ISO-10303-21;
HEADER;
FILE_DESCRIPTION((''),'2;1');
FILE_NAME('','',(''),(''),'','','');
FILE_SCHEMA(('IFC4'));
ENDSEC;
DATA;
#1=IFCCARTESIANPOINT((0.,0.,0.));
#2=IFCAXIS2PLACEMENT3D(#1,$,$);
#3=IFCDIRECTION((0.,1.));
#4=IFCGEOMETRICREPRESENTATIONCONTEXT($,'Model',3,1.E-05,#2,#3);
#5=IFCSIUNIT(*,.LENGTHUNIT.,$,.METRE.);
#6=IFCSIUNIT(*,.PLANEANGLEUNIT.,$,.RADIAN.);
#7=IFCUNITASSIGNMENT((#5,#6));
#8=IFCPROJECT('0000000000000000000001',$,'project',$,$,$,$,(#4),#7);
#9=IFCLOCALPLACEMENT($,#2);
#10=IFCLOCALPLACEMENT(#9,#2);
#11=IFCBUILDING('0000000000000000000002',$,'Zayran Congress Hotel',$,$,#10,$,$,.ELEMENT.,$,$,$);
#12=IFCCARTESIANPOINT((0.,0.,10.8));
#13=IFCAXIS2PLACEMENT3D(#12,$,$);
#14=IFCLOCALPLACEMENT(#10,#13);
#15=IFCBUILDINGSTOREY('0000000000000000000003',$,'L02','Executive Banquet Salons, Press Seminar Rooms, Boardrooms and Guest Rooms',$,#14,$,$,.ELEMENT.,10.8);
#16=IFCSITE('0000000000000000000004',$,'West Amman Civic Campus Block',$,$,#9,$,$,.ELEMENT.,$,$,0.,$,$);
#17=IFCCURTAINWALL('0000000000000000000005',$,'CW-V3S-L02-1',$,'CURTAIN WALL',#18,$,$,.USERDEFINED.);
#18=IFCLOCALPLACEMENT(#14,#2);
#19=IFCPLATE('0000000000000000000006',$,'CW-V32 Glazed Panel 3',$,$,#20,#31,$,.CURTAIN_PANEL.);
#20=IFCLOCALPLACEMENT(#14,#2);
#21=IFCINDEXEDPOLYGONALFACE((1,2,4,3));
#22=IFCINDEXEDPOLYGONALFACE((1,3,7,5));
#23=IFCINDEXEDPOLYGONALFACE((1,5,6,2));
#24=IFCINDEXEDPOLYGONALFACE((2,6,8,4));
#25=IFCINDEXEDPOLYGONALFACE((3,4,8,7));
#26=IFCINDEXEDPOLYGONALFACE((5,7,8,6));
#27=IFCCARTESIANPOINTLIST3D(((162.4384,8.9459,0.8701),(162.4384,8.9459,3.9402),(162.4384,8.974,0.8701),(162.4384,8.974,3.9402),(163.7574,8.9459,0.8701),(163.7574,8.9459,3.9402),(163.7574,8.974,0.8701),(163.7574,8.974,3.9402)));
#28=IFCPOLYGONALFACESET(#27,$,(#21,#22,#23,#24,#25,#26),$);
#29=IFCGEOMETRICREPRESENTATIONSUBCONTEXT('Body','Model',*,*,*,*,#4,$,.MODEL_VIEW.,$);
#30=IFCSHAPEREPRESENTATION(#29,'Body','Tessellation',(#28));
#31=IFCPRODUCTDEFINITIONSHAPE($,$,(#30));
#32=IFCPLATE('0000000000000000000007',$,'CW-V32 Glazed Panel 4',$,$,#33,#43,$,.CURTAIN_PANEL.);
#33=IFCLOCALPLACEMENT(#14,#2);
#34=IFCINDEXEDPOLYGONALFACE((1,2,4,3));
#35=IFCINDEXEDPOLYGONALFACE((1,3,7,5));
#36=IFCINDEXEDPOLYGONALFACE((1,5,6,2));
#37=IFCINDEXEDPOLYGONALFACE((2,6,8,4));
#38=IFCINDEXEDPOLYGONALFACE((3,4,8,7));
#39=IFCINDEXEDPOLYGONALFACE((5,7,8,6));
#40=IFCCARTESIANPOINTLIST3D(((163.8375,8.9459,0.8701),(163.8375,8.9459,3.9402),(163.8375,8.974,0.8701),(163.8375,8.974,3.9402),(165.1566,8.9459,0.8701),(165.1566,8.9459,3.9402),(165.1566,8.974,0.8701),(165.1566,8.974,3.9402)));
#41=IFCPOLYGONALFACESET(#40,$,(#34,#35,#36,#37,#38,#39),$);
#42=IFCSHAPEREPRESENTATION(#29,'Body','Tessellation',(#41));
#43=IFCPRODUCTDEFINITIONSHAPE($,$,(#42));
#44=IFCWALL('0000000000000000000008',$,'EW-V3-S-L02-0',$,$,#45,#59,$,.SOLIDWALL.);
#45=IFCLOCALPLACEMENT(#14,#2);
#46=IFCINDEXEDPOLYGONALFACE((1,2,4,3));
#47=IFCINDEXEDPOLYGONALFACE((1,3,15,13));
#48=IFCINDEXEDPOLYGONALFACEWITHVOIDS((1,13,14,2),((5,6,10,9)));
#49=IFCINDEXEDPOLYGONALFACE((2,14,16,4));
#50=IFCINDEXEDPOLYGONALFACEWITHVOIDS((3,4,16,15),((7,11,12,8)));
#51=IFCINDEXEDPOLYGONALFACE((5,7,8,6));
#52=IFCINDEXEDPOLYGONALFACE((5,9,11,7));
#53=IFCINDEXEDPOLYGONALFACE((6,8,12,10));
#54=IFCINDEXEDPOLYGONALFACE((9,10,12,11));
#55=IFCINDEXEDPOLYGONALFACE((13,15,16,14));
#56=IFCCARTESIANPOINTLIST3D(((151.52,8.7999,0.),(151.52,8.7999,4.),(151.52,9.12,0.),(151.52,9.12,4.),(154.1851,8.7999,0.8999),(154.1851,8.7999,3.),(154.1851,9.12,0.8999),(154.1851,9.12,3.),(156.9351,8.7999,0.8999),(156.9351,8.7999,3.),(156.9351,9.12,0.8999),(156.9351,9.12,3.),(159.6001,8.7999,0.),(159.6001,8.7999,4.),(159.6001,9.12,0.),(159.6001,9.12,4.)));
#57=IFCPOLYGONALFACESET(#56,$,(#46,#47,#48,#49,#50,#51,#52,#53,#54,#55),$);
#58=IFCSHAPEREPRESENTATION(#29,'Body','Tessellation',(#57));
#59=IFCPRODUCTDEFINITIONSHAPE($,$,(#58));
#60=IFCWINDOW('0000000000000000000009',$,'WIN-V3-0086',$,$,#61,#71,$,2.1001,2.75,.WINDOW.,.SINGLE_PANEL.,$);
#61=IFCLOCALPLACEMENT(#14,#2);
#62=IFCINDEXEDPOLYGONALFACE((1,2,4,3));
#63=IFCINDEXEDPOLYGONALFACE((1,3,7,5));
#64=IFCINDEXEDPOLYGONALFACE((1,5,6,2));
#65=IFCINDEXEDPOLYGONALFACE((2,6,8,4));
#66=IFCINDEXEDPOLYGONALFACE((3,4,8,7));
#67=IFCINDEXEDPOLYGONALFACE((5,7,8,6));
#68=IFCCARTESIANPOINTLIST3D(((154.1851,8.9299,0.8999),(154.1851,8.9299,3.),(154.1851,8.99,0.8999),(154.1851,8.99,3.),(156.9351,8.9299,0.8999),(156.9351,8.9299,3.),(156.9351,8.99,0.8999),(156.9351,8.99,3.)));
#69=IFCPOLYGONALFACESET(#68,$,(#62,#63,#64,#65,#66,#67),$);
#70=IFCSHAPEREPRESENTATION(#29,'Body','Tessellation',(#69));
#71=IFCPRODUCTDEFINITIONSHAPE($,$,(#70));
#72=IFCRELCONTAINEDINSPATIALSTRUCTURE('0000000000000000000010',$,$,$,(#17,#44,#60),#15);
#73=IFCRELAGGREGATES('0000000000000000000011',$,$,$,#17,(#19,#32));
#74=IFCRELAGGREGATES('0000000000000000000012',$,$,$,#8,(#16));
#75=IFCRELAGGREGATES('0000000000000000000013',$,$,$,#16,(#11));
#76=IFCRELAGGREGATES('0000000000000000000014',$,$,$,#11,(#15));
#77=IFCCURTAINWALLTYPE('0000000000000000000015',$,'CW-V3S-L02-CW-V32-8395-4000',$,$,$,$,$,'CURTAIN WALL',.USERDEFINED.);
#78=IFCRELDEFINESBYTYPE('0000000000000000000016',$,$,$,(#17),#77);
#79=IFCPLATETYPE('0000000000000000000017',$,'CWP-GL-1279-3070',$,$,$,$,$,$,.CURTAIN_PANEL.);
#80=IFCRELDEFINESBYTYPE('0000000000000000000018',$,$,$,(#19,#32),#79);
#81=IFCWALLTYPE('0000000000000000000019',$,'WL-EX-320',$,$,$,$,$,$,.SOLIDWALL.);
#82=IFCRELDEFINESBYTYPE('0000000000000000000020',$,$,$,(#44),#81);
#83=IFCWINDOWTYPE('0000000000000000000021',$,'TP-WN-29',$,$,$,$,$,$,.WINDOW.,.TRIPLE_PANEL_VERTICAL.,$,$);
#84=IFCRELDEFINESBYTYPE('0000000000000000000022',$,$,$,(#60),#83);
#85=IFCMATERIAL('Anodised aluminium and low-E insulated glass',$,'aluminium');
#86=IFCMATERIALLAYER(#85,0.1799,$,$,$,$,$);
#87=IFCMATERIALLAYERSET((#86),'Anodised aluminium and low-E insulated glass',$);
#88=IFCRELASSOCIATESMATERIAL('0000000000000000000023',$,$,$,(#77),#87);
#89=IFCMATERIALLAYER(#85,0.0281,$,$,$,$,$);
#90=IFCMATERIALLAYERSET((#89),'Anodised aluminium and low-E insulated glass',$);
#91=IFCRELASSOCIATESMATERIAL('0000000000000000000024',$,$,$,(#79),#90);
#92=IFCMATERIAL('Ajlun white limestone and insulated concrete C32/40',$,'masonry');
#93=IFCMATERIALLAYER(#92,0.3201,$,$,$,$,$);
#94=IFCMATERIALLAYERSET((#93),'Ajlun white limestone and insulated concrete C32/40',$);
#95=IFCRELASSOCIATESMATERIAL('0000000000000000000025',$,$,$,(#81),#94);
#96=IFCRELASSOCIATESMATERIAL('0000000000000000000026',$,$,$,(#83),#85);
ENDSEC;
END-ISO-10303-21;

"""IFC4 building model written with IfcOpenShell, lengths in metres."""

from ifc_helpers import new_model, si_unit, direction, frame, frame_2d, origin, origin_2d, place, context, subcontext, project, spatial, rectangle, extrude, material, layer, layer_set, type_object, element, fill, aggregate, save


model = new_model("IFC4")

# Units and contexts
model_context = context("Model", 3, precision=1e-05, world=origin(), true_north=direction((0.0, 1.0)))
body_context = subcontext(model_context, "Body", "Model", "MODEL_VIEW")
ifc_project = project(units=[si_unit("LENGTHUNIT", "METRE"), si_unit("PLANEANGLEUNIT", "RADIAN")], contexts=[model_context])

# Site, building, storey
site_placement = place(None, origin())
site = spatial("IfcSite", under=ifc_project, at=site_placement, Name="West Amman Civic Campus Block", CompositionType="ELEMENT", RefElevation=0.0)
building_placement = place(site_placement, origin())
building = spatial("IfcBuilding", under=site, at=building_placement, Name="Zayran Congress Hotel", CompositionType="ELEMENT")
storey_placement = place(building_placement, frame((0.0, 0.0, 10.8)))
storey = spatial("IfcBuildingStorey", under=building, at=storey_placement, Name="L02", Description="Executive Banquet Salons, Press Seminar Rooms, Boardrooms and Guest Rooms", CompositionType="ELEMENT", Elevation=10.8)

# Curtain wall, plates
ifc_material_1 = material(Name="Anodised aluminium and low-E insulated glass", Category="aluminium")
ifc_layer_1 = layer(ifc_material_1, 0.1799)
ifc_layer_set_1 = layer_set([ifc_layer_1], Name="Anodised aluminium and low-E insulated glass")
curtain_wall_type = type_object("IfcCurtainWallType", Name="CW-V3S-L02-CW-V32-8395-4000", ElementType="CURTAIN WALL", PredefinedType="USERDEFINED", material=ifc_layer_set_1)
curtain_wall_placement = place(storey_placement, origin())
curtain_wall = element("IfcCurtainWall", 1, at=curtain_wall_placement, inside=storey, type_object=curtain_wall_type, Name="CW-V3S-L02-1", ObjectType="CURTAIN WALL", PredefinedType="USERDEFINED")
ifc_layer_2 = layer(ifc_material_1, 0.0281)
ifc_layer_set_2 = layer_set([ifc_layer_2], Name="Anodised aluminium and low-E insulated glass")
plate_type_1 = type_object("IfcPlateType", Name="CWP-GL-1279-3070", PredefinedType="CURTAIN_PANEL", material=ifc_layer_set_2)
plate_1_placement = place(storey_placement, frame((163.0979, 8.96, 0.8701), z_axis=(0.0, 0.0, 1.0), x_axis=(1.0, 0.0, 0.0)))
plate_1 = element("IfcPlate", 2, at=plate_1_placement, type_object=plate_type_1, Name="CW-V32 Glazed Panel 3", PredefinedType="CURTAIN_PANEL", context=body_context, shape_type="SweptSolid", body=[
    extrude(rectangle(XDim=1.3191, YDim=0.0281, at=origin_2d()), origin(), (0.0, 0.0, 1.0), 3.0701),
])
plate_2_placement = place(storey_placement, frame((164.4971, 8.96, 0.8701), z_axis=(0.0, 0.0, 1.0), x_axis=(1.0, 0.0, 0.0)))
plate_2 = element("IfcPlate", 3, at=plate_2_placement, type_object=plate_type_1, Name="CW-V32 Glazed Panel 4", PredefinedType="CURTAIN_PANEL", context=body_context, shape_type="SweptSolid", body=[
    extrude(rectangle(XDim=1.3191, YDim=0.0281, at=origin_2d()), origin(), (0.0, 0.0, 1.0), 3.0701),
])
aggregate(curtain_wall, [plate_1, plate_2])

# Wall, opening, window
ifc_material_2 = material(Name="Ajlun white limestone and insulated concrete C32/40", Category="masonry")
ifc_layer_3 = layer(ifc_material_2, 0.3201)
ifc_layer_set_3 = layer_set([ifc_layer_3], Name="Ajlun white limestone and insulated concrete C32/40")
wall_type = type_object("IfcWallType", Name="WL-EX-320", PredefinedType="SOLIDWALL", material=ifc_layer_set_3)
wall_placement = place(storey_placement, frame((159.6001, 8.96, 0.0), z_axis=(0.0, 0.0, 1.0), x_axis=(-1.0, 0.0, 0.0)))
wall = element("IfcWall", 4, at=wall_placement, inside=storey, type_object=wall_type, Name="EW-V3-S-L02-0", PredefinedType="SOLIDWALL", context=body_context, shape_type="SweptSolid", body=[
    extrude(rectangle(XDim=8.0801, YDim=0.3201, at=frame_2d((4.04, 0.0))), origin(), (0.0, 0.0, 1.0), 4.0),
])
opening_placement = place(wall_placement, frame((2.665, 0.0, 0.8999)))
opening = element("IfcOpeningElement", 5, at=opening_placement, cuts=wall, PredefinedType="OPENING", context=body_context, shape_type="SweptSolid", body=[
    extrude(rectangle(XDim=2.75, YDim=2.1001, at=frame_2d((1.375, 1.05))), frame((0.0, 0.1699, 0.0), z_axis=(0.0, -1.0, 0.0), x_axis=(1.0, 0.0, 0.0)), (0.0, 0.0, 1.0), 0.3401),
])
window_type = type_object("IfcWindowType", Name="TP-WN-29", PartitioningType="TRIPLE_PANEL_VERTICAL", PredefinedType="WINDOW", material=ifc_material_1)
window_placement = place(opening_placement, origin())
window = element("IfcWindow", 6, at=window_placement, inside=storey, type_object=window_type, Name="WIN-V3-0086", OverallHeight=2.1001, OverallWidth=2.75, PartitioningType="SINGLE_PANEL", PredefinedType="WINDOW", context=body_context, shape_type="SweptSolid", body=[
    extrude(rectangle(XDim=2.75, YDim=2.1001, at=frame_2d((1.375, 1.05))), frame((0.0, 0.03, 0.0), z_axis=(0.0, -1.0, 0.0), x_axis=(1.0, 0.0, 0.0)), (0.0, 0.0, 1.0), 0.0601),
])
fill(opening, window)

save(model, "model.ifc")
